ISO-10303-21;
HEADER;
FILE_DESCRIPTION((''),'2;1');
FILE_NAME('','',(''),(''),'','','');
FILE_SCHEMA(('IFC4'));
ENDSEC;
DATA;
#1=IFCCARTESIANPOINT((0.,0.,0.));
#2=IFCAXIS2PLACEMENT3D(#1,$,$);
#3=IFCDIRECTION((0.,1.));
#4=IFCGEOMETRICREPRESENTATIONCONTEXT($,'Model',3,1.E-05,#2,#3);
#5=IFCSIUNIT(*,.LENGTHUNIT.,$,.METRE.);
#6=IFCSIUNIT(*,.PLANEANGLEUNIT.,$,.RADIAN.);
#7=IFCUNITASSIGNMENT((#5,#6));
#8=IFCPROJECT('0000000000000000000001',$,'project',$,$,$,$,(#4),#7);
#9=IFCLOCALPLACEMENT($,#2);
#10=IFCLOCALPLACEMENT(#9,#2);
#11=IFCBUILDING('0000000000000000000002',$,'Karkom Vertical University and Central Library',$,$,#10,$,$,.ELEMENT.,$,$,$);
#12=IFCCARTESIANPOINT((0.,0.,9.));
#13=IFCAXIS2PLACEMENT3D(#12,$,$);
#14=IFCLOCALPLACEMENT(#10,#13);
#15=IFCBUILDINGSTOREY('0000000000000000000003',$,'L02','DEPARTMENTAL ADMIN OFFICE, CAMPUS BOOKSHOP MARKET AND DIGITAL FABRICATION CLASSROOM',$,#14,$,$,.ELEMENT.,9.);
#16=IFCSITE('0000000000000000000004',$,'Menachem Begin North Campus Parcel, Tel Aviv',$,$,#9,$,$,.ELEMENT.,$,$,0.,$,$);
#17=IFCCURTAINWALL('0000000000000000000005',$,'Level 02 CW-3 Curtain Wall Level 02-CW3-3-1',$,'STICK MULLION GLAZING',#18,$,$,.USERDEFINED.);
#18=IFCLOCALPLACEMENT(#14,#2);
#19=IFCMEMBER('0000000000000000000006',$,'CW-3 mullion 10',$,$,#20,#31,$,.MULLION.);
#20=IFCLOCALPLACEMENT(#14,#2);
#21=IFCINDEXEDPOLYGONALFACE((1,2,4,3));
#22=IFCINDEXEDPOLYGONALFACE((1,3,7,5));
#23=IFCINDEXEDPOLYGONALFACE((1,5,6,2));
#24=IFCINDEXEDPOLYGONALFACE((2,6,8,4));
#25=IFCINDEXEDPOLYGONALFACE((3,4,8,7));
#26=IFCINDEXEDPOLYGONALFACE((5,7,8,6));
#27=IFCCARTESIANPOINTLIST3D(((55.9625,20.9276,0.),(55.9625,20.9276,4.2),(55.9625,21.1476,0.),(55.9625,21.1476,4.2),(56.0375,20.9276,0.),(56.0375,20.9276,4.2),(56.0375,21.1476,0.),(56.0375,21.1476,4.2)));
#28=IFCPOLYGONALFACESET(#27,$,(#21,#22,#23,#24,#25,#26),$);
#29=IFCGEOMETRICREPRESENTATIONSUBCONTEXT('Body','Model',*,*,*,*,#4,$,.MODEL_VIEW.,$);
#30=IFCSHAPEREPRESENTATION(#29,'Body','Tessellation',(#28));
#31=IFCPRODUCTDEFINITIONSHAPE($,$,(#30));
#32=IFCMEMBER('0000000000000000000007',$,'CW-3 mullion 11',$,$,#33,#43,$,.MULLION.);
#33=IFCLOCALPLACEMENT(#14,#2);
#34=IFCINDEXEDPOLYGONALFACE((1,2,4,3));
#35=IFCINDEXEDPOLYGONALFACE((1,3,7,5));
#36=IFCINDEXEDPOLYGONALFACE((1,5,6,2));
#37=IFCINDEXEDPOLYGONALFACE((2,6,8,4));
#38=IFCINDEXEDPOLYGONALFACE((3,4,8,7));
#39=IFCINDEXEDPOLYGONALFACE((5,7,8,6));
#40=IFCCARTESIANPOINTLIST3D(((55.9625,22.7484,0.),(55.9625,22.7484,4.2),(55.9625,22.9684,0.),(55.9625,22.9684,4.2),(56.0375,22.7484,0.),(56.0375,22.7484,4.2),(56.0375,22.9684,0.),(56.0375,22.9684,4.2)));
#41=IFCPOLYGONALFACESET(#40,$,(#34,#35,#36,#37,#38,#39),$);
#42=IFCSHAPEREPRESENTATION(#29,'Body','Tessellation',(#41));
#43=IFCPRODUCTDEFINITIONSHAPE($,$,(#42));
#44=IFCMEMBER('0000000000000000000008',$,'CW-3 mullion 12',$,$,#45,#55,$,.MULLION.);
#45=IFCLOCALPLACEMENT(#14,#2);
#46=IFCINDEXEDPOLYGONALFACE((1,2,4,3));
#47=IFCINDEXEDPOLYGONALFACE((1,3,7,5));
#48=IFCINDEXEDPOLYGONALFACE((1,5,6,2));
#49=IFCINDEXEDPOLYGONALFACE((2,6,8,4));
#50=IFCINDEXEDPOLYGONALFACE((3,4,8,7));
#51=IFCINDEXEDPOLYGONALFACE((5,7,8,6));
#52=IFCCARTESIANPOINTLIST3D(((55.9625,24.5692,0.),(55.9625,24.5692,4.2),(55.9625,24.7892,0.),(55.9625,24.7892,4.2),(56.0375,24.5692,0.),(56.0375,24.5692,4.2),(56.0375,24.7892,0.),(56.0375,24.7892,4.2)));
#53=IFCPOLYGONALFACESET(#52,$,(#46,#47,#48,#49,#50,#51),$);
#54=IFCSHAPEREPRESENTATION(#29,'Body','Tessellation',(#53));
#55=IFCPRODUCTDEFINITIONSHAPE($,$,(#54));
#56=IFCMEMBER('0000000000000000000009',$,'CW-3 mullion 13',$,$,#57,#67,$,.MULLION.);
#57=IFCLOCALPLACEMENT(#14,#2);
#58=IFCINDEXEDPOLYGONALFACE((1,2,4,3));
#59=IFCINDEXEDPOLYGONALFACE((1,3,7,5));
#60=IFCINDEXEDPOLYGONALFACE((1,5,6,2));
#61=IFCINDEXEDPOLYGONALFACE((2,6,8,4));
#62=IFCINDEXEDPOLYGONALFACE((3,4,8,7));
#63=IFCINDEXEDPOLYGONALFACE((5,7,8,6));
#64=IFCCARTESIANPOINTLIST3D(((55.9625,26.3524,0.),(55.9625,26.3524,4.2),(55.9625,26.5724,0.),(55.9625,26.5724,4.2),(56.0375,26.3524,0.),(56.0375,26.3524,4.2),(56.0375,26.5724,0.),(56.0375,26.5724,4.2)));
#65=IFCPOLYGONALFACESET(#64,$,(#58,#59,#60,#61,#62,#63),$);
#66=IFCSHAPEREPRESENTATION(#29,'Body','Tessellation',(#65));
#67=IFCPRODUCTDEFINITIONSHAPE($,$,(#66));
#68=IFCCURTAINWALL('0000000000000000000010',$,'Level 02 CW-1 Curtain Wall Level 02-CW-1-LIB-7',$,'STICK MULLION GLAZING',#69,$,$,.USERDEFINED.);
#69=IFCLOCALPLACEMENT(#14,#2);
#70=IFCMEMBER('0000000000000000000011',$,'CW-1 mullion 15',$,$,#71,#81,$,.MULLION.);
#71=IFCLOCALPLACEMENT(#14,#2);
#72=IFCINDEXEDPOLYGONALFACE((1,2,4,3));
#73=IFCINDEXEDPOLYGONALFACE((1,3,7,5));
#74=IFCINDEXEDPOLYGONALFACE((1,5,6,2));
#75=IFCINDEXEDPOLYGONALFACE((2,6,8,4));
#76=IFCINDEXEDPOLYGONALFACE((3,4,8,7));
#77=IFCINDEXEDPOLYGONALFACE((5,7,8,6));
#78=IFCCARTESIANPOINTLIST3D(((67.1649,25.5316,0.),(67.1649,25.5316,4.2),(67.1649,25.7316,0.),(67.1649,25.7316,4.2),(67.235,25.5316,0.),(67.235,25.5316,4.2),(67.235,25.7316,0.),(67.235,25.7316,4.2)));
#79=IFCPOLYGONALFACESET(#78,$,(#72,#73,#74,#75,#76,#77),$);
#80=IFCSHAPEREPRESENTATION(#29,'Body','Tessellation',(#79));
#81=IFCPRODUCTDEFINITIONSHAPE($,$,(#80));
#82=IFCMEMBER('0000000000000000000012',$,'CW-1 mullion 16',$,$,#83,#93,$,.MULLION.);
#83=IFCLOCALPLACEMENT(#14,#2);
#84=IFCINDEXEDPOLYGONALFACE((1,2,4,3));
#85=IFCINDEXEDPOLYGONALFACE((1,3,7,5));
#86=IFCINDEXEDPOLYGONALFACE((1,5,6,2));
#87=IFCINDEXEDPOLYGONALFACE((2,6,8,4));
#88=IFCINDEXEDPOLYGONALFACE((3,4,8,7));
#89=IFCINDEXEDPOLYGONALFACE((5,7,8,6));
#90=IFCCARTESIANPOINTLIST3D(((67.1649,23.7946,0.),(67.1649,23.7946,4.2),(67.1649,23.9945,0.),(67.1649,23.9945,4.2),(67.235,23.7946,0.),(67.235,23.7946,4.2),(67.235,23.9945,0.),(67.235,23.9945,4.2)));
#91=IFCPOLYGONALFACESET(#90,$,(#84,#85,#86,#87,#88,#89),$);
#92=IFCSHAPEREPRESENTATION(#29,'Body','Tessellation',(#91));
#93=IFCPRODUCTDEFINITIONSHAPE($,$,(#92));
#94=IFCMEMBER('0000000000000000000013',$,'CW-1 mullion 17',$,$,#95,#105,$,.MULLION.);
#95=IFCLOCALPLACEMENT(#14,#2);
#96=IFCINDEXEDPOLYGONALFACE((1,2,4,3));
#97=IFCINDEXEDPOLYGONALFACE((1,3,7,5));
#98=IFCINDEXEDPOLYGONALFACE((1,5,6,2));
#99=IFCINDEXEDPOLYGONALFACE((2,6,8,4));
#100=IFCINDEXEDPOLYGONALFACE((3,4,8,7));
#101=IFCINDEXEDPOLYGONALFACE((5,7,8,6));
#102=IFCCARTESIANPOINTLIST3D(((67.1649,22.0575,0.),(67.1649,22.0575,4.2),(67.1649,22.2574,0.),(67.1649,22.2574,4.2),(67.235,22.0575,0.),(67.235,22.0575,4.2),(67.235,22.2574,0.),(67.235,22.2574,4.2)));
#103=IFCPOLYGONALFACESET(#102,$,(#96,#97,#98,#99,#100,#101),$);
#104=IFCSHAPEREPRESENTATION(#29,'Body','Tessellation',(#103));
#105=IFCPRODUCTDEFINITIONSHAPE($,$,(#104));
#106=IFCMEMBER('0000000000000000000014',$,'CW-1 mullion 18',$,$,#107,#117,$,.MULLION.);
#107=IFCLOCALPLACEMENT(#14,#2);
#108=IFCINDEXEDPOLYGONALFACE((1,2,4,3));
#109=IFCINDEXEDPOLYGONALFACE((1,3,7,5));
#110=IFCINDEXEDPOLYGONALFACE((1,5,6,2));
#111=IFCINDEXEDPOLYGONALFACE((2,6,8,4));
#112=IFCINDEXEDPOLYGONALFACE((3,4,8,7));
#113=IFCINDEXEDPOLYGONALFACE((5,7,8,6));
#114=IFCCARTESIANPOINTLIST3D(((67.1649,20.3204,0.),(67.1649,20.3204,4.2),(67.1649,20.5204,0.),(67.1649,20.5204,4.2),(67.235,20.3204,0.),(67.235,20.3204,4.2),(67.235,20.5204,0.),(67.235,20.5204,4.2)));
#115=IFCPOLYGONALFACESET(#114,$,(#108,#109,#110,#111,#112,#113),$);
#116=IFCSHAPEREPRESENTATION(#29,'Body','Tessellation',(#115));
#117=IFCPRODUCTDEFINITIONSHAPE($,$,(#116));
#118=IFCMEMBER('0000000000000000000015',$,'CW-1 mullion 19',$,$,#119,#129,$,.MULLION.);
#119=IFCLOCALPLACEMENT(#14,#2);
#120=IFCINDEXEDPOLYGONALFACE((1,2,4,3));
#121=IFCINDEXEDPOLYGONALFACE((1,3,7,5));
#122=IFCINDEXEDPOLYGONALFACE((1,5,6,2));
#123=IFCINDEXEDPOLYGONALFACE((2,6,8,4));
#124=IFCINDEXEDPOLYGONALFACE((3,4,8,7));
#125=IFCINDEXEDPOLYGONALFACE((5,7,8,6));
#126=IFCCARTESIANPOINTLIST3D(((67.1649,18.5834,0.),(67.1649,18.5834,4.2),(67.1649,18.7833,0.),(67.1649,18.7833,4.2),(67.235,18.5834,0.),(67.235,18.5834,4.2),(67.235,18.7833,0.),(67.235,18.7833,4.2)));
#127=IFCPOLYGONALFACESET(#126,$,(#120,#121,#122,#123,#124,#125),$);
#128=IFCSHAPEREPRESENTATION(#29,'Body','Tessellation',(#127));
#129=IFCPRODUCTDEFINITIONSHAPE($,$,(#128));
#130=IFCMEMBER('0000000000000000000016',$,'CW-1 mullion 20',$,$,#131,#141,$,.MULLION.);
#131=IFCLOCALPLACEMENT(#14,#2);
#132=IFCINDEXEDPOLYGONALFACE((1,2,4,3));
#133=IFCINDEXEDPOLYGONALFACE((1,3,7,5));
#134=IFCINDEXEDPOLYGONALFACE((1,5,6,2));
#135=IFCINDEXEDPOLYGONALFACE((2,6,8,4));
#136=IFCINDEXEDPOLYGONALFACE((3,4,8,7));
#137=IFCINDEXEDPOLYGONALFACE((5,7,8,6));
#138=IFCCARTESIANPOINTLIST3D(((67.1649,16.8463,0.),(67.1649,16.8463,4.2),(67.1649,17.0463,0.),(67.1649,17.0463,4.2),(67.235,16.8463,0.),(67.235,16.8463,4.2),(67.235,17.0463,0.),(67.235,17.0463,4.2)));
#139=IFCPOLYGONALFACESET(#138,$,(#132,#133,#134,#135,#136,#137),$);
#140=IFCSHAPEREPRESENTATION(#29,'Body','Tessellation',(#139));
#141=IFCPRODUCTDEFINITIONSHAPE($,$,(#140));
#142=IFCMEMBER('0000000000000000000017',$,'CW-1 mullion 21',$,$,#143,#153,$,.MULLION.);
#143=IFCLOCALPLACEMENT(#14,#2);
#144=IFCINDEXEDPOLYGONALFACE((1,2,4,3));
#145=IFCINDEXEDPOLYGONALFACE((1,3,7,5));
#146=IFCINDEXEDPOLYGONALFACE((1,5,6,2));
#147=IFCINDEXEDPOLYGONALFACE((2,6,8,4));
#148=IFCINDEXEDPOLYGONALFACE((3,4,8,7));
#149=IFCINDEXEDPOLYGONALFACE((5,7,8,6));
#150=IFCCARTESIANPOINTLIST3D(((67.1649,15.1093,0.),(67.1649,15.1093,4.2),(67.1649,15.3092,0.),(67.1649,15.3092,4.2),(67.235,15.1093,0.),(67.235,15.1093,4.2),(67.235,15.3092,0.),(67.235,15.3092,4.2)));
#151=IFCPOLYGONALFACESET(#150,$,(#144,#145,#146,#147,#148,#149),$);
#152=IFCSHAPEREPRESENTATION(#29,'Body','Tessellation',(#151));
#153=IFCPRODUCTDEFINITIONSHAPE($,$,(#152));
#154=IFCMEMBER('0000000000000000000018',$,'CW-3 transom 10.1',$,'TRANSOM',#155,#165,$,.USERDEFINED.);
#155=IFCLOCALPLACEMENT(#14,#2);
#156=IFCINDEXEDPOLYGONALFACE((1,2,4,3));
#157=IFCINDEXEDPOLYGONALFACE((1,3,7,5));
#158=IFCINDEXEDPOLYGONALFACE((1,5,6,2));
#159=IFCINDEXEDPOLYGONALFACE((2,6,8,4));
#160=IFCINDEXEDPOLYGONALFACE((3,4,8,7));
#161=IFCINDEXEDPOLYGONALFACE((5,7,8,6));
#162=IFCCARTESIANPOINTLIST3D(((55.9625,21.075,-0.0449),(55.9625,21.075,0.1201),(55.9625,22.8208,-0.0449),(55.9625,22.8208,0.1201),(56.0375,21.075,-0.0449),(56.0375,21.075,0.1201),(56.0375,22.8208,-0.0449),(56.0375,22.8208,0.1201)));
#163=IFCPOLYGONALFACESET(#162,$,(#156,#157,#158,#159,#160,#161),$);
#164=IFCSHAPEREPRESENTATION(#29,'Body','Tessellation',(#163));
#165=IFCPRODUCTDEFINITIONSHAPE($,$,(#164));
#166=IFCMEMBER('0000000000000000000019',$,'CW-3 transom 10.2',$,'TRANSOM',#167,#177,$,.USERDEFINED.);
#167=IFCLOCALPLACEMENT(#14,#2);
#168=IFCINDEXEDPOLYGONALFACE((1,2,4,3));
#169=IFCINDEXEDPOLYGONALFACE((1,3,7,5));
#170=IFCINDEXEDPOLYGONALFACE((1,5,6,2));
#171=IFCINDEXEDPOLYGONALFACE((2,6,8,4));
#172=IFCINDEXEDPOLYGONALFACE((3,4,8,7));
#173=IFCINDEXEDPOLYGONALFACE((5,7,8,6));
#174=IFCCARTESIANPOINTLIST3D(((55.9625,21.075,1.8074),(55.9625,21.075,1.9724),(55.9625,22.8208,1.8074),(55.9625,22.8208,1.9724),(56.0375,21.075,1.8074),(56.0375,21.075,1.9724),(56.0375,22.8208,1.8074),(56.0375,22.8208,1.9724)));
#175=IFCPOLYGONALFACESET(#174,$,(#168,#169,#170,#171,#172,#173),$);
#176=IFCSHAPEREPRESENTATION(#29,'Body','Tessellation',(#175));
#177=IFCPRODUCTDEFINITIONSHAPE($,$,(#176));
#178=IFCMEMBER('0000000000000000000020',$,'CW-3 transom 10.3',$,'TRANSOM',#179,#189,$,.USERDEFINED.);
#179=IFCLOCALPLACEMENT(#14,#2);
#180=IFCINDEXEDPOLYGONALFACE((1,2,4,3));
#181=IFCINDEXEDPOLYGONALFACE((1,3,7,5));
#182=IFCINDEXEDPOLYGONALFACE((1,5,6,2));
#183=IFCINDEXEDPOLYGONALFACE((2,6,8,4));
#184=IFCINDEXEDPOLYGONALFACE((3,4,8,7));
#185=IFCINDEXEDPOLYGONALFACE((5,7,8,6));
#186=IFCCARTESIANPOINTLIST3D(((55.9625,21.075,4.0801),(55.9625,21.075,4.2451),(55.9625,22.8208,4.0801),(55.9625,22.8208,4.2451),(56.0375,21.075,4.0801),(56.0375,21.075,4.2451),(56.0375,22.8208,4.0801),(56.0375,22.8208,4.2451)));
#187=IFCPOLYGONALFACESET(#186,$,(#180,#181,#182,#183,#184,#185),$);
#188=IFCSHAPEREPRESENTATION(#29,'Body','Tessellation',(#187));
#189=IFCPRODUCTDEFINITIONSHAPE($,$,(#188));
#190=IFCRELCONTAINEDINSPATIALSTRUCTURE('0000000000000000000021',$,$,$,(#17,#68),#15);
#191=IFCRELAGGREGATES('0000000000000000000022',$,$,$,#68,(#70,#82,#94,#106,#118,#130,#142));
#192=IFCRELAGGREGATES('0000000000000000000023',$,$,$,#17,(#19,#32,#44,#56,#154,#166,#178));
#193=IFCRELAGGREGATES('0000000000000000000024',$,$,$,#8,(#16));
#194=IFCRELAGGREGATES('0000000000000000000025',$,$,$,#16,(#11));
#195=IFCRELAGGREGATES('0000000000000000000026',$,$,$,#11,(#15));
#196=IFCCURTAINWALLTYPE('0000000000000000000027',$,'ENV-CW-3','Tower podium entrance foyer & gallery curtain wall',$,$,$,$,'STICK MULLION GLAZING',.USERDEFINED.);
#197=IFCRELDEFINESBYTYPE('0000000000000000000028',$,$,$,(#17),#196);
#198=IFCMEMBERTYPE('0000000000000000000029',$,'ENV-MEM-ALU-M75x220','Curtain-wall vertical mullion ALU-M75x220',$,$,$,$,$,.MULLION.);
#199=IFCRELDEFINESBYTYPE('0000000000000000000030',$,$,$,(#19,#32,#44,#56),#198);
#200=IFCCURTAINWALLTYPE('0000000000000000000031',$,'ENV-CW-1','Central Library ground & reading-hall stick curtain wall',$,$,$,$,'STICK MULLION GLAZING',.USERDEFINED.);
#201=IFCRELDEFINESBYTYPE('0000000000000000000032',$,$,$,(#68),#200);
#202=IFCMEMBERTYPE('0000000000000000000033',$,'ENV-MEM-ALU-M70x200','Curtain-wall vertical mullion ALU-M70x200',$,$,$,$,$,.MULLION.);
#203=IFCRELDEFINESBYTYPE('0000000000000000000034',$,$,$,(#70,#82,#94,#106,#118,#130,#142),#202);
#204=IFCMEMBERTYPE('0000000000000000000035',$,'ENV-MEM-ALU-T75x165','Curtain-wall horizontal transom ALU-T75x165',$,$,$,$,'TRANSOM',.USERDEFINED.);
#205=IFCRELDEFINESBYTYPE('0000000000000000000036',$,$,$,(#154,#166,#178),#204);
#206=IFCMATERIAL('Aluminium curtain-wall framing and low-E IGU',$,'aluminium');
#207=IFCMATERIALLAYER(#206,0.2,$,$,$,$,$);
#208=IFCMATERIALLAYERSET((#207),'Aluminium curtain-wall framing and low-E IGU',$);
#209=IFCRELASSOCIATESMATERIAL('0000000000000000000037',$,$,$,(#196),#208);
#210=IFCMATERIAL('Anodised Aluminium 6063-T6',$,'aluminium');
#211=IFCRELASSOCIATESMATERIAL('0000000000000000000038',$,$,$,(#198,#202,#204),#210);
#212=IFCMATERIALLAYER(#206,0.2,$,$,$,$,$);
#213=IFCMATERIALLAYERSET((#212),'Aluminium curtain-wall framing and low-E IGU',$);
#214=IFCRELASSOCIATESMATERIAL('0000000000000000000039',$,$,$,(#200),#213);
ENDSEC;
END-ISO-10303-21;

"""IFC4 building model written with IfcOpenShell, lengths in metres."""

from ifc_helpers import new_model, si_unit, direction, frame, origin, origin_with_axes, origin_2d, place, context, subcontext, project, spatial, rectangle, extrude, source, transform, mapped, material, layer, layer_set, material_profile, profile_set, type_object, element, aggregate, save


model = new_model("IFC4")

# Units and contexts
model_context = context("Model", 3, precision=1e-05, world=origin(), true_north=direction((0.0, 1.0)))
body_context = subcontext(model_context, "Body", "Model", "MODEL_VIEW")
ifc_project = project(units=[si_unit("LENGTHUNIT", "METRE"), si_unit("PLANEANGLEUNIT", "RADIAN")], contexts=[model_context])

# Site, building, storey
site_placement = place(None, origin())
site = spatial("IfcSite", under=ifc_project, at=site_placement, Name="Menachem Begin North Campus Parcel, Tel Aviv", CompositionType="ELEMENT", RefElevation=0.0)
building_placement = place(site_placement, origin())
building = spatial("IfcBuilding", under=site, at=building_placement, Name="Karkom Vertical University and Central Library", CompositionType="ELEMENT")
storey_placement = place(building_placement, frame((0.0, 0.0, 9.0)))
storey = spatial("IfcBuildingStorey", under=building, at=storey_placement, Name="L02", Description="DEPARTMENTAL ADMIN OFFICE, CAMPUS BOOKSHOP MARKET AND DIGITAL FABRICATION CLASSROOM", CompositionType="ELEMENT", Elevation=9.0)

# Curtain walls, members
ifc_material_1 = material(Name="Aluminium curtain-wall framing and low-E IGU", Category="aluminium")
ifc_layer_1 = layer(ifc_material_1, 0.2)
ifc_layer_set_1 = layer_set([ifc_layer_1], Name="Aluminium curtain-wall framing and low-E IGU")
curtain_wall_type_1 = type_object("IfcCurtainWallType", Name="ENV-CW-3", Description="Tower podium entrance foyer & gallery curtain wall", ElementType="STICK MULLION GLAZING", PredefinedType="USERDEFINED", material=ifc_layer_set_1)
curtain_wall_1_placement = place(storey_placement, origin())
curtain_wall_1 = element("IfcCurtainWall", 1, at=curtain_wall_1_placement, inside=storey, type_object=curtain_wall_type_1, Name="Level 02 CW-3 Curtain Wall Level 02-CW3-3-1", ObjectType="STICK MULLION GLAZING", PredefinedType="USERDEFINED")
ifc_material_2 = material(Name="Anodised Aluminium 6063-T6", Category="aluminium")
ifc_material_profile_1 = material_profile(ifc_material_2, rectangle(XDim=0.075, YDim=0.22, at=origin_2d()), Name="ALU-M75x220")
ifc_profile_set_1 = profile_set([ifc_material_profile_1], Name="Anodised Aluminium 6063-T6")
member_type_1 = type_object("IfcMemberType", Name="ENV-MEM-ALU-M75x220", Description="Curtain-wall vertical mullion ALU-M75x220", PredefinedType="MULLION", material=ifc_profile_set_1)
shared_shape_1 = source(origin_with_axes(), body_context, "Body", "SweptSolid", [
    extrude(rectangle(XDim=0.075, YDim=0.22, at=origin_2d()), origin(), (0.0, 0.0, 1.0), 4.2),
])
member_1_placement = place(storey_placement, frame((56.0, 21.0376, 0.0), z_axis=(0.0, 0.0, 1.0), x_axis=(-1.0, 0.0, 0.0)))
member_1 = element("IfcMember", 2, at=member_1_placement, type_object=member_type_1, Name="CW-3 mullion 10", PredefinedType="MULLION", context=body_context, shape_type="MappedRepresentation", body=[
    mapped(shared_shape_1, transform((0.0, 0.0, 0.0), scale=1.0)),
])
member_2_placement = place(storey_placement, frame((56.0, 22.8584, 0.0), z_axis=(0.0, 0.0, 1.0), x_axis=(-1.0, 0.0, 0.0)))
member_2 = element("IfcMember", 3, at=member_2_placement, type_object=member_type_1, Name="CW-3 mullion 11", PredefinedType="MULLION", context=body_context, shape_type="MappedRepresentation", body=[
    mapped(shared_shape_1, transform((0.0, 0.0, 0.0), scale=1.0)),
])
member_3_placement = place(storey_placement, frame((56.0, 24.6792, 0.0), z_axis=(0.0, 0.0, 1.0), x_axis=(-1.0, 0.0, 0.0)))
member_3 = element("IfcMember", 4, at=member_3_placement, type_object=member_type_1, Name="CW-3 mullion 12", PredefinedType="MULLION", context=body_context, shape_type="MappedRepresentation", body=[
    mapped(shared_shape_1, transform((0.0, 0.0, 0.0), scale=1.0)),
])
member_4_placement = place(storey_placement, frame((56.0, 26.4624, 0.0), z_axis=(0.0, 0.0, 1.0), x_axis=(-1.0, 0.0, 0.0)))
member_4 = element("IfcMember", 5, at=member_4_placement, type_object=member_type_1, Name="CW-3 mullion 13", PredefinedType="MULLION", context=body_context, shape_type="MappedRepresentation", body=[
    mapped(shared_shape_1, transform((0.0, 0.0, 0.0), scale=1.0)),
])
ifc_layer_2 = layer(ifc_material_1, 0.2)
ifc_layer_set_2 = layer_set([ifc_layer_2], Name="Aluminium curtain-wall framing and low-E IGU")
curtain_wall_type_2 = type_object("IfcCurtainWallType", Name="ENV-CW-1", Description="Central Library ground & reading-hall stick curtain wall", ElementType="STICK MULLION GLAZING", PredefinedType="USERDEFINED", material=ifc_layer_set_2)
curtain_wall_2_placement = place(storey_placement, origin())
curtain_wall_2 = element("IfcCurtainWall", 6, at=curtain_wall_2_placement, inside=storey, type_object=curtain_wall_type_2, Name="Level 02 CW-1 Curtain Wall Level 02-CW-1-LIB-7", ObjectType="STICK MULLION GLAZING", PredefinedType="USERDEFINED")
ifc_material_profile_2 = material_profile(ifc_material_2, rectangle(XDim=0.0701, YDim=0.2, at=origin_2d()), Name="ALU-M70x200")
ifc_profile_set_2 = profile_set([ifc_material_profile_2], Name="Anodised Aluminium 6063-T6")
member_type_2 = type_object("IfcMemberType", Name="ENV-MEM-ALU-M70x200", Description="Curtain-wall vertical mullion ALU-M70x200", PredefinedType="MULLION", material=ifc_profile_set_2)
shared_shape_2 = source(origin_with_axes(), body_context, "Body", "SweptSolid", [
    extrude(rectangle(XDim=0.0701, YDim=0.2, at=origin_2d()), origin(), (0.0, 0.0, 1.0), 4.2),
])
member_5_placement = place(storey_placement, frame((67.2, 25.6316, 0.0), z_axis=(0.0, 0.0, 1.0), x_axis=(1.0, 0.0, 0.0)))
member_5 = element("IfcMember", 7, at=member_5_placement, type_object=member_type_2, Name="CW-1 mullion 15", PredefinedType="MULLION", context=body_context, shape_type="MappedRepresentation", body=[
    mapped(shared_shape_2, transform((0.0, 0.0, 0.0), scale=1.0)),
])
member_6_placement = place(storey_placement, frame((67.2, 23.8945, 0.0), z_axis=(0.0, 0.0, 1.0), x_axis=(1.0, 0.0, 0.0)))
member_6 = element("IfcMember", 8, at=member_6_placement, type_object=member_type_2, Name="CW-1 mullion 16", PredefinedType="MULLION", context=body_context, shape_type="MappedRepresentation", body=[
    mapped(shared_shape_2, transform((0.0, 0.0, 0.0), scale=1.0)),
])
member_7_placement = place(storey_placement, frame((67.2, 22.1575, 0.0), z_axis=(0.0, 0.0, 1.0), x_axis=(1.0, 0.0, 0.0)))
member_7 = element("IfcMember", 9, at=member_7_placement, type_object=member_type_2, Name="CW-1 mullion 17", PredefinedType="MULLION", context=body_context, shape_type="MappedRepresentation", body=[
    mapped(shared_shape_2, transform((0.0, 0.0, 0.0), scale=1.0)),
])
member_8_placement = place(storey_placement, frame((67.2, 20.4204, 0.0), z_axis=(0.0, 0.0, 1.0), x_axis=(1.0, 0.0, 0.0)))
member_8 = element("IfcMember", 10, at=member_8_placement, type_object=member_type_2, Name="CW-1 mullion 18", PredefinedType="MULLION", context=body_context, shape_type="MappedRepresentation", body=[
    mapped(shared_shape_2, transform((0.0, 0.0, 0.0), scale=1.0)),
])
member_9_placement = place(storey_placement, frame((67.2, 18.6833, 0.0), z_axis=(0.0, 0.0, 1.0), x_axis=(1.0, 0.0, 0.0)))
member_9 = element("IfcMember", 11, at=member_9_placement, type_object=member_type_2, Name="CW-1 mullion 19", PredefinedType="MULLION", context=body_context, shape_type="MappedRepresentation", body=[
    mapped(shared_shape_2, transform((0.0, 0.0, 0.0), scale=1.0)),
])
member_10_placement = place(storey_placement, frame((67.2, 16.9463, 0.0), z_axis=(0.0, 0.0, 1.0), x_axis=(1.0, 0.0, 0.0)))
member_10 = element("IfcMember", 12, at=member_10_placement, type_object=member_type_2, Name="CW-1 mullion 20", PredefinedType="MULLION", context=body_context, shape_type="MappedRepresentation", body=[
    mapped(shared_shape_2, transform((0.0, 0.0, 0.0), scale=1.0)),
])
member_11_placement = place(storey_placement, frame((67.2, 15.2092, 0.0), z_axis=(0.0, 0.0, 1.0), x_axis=(1.0, 0.0, 0.0)))
member_11 = element("IfcMember", 13, at=member_11_placement, type_object=member_type_2, Name="CW-1 mullion 21", PredefinedType="MULLION", context=body_context, shape_type="MappedRepresentation", body=[
    mapped(shared_shape_2, transform((0.0, 0.0, 0.0), scale=1.0)),
])
aggregate(curtain_wall_2, [member_5, member_6, member_7, member_8, member_9, member_10, member_11])

# Members
ifc_material_profile_3 = material_profile(ifc_material_2, rectangle(XDim=0.075, YDim=0.165, at=origin_2d()), Name="ALU-T75x165")
ifc_profile_set_3 = profile_set([ifc_material_profile_3], Name="Anodised Aluminium 6063-T6")
member_type_3 = type_object("IfcMemberType", Name="ENV-MEM-ALU-T75x165", Description="Curtain-wall horizontal transom ALU-T75x165", ElementType="TRANSOM", PredefinedType="USERDEFINED", material=ifc_profile_set_3)
shared_shape_3 = source(origin_with_axes(), body_context, "Body", "SweptSolid", [
    extrude(rectangle(XDim=0.075, YDim=0.165, at=origin_2d()), origin(), (0.0, 0.0, 1.0), 1.7458),
])
member_12_placement = place(storey_placement, frame((56.0, 21.075, 0.0376), z_axis=(0.0, 1.0, 0.0), x_axis=(-1.0, 0.0, 0.0)))
member_12 = element("IfcMember", 14, at=member_12_placement, type_object=member_type_3, Name="CW-3 transom 10.1", ObjectType="TRANSOM", PredefinedType="USERDEFINED", context=body_context, shape_type="MappedRepresentation", body=[
    mapped(shared_shape_3, transform((0.0, 0.0, 0.0), scale=1.0)),
])
member_13_placement = place(storey_placement, frame((56.0, 21.075, 1.8899), z_axis=(0.0, 1.0, 0.0), x_axis=(-1.0, 0.0, 0.0)))
member_13 = element("IfcMember", 15, at=member_13_placement, type_object=member_type_3, Name="CW-3 transom 10.2", ObjectType="TRANSOM", PredefinedType="USERDEFINED", context=body_context, shape_type="MappedRepresentation", body=[
    mapped(shared_shape_3, transform((0.0, 0.0, 0.0), scale=1.0)),
])
member_14_placement = place(storey_placement, frame((56.0, 21.075, 4.1626), z_axis=(0.0, 1.0, 0.0), x_axis=(-1.0, 0.0, 0.0)))
member_14 = element("IfcMember", 16, at=member_14_placement, type_object=member_type_3, Name="CW-3 transom 10.3", ObjectType="TRANSOM", PredefinedType="USERDEFINED", context=body_context, shape_type="MappedRepresentation", body=[
    mapped(shared_shape_3, transform((0.0, 0.0, 0.0), scale=1.0)),
])

aggregate(curtain_wall_1, [member_1, member_2, member_3, member_4, member_12, member_13, member_14])

save(model, "model.ifc")
